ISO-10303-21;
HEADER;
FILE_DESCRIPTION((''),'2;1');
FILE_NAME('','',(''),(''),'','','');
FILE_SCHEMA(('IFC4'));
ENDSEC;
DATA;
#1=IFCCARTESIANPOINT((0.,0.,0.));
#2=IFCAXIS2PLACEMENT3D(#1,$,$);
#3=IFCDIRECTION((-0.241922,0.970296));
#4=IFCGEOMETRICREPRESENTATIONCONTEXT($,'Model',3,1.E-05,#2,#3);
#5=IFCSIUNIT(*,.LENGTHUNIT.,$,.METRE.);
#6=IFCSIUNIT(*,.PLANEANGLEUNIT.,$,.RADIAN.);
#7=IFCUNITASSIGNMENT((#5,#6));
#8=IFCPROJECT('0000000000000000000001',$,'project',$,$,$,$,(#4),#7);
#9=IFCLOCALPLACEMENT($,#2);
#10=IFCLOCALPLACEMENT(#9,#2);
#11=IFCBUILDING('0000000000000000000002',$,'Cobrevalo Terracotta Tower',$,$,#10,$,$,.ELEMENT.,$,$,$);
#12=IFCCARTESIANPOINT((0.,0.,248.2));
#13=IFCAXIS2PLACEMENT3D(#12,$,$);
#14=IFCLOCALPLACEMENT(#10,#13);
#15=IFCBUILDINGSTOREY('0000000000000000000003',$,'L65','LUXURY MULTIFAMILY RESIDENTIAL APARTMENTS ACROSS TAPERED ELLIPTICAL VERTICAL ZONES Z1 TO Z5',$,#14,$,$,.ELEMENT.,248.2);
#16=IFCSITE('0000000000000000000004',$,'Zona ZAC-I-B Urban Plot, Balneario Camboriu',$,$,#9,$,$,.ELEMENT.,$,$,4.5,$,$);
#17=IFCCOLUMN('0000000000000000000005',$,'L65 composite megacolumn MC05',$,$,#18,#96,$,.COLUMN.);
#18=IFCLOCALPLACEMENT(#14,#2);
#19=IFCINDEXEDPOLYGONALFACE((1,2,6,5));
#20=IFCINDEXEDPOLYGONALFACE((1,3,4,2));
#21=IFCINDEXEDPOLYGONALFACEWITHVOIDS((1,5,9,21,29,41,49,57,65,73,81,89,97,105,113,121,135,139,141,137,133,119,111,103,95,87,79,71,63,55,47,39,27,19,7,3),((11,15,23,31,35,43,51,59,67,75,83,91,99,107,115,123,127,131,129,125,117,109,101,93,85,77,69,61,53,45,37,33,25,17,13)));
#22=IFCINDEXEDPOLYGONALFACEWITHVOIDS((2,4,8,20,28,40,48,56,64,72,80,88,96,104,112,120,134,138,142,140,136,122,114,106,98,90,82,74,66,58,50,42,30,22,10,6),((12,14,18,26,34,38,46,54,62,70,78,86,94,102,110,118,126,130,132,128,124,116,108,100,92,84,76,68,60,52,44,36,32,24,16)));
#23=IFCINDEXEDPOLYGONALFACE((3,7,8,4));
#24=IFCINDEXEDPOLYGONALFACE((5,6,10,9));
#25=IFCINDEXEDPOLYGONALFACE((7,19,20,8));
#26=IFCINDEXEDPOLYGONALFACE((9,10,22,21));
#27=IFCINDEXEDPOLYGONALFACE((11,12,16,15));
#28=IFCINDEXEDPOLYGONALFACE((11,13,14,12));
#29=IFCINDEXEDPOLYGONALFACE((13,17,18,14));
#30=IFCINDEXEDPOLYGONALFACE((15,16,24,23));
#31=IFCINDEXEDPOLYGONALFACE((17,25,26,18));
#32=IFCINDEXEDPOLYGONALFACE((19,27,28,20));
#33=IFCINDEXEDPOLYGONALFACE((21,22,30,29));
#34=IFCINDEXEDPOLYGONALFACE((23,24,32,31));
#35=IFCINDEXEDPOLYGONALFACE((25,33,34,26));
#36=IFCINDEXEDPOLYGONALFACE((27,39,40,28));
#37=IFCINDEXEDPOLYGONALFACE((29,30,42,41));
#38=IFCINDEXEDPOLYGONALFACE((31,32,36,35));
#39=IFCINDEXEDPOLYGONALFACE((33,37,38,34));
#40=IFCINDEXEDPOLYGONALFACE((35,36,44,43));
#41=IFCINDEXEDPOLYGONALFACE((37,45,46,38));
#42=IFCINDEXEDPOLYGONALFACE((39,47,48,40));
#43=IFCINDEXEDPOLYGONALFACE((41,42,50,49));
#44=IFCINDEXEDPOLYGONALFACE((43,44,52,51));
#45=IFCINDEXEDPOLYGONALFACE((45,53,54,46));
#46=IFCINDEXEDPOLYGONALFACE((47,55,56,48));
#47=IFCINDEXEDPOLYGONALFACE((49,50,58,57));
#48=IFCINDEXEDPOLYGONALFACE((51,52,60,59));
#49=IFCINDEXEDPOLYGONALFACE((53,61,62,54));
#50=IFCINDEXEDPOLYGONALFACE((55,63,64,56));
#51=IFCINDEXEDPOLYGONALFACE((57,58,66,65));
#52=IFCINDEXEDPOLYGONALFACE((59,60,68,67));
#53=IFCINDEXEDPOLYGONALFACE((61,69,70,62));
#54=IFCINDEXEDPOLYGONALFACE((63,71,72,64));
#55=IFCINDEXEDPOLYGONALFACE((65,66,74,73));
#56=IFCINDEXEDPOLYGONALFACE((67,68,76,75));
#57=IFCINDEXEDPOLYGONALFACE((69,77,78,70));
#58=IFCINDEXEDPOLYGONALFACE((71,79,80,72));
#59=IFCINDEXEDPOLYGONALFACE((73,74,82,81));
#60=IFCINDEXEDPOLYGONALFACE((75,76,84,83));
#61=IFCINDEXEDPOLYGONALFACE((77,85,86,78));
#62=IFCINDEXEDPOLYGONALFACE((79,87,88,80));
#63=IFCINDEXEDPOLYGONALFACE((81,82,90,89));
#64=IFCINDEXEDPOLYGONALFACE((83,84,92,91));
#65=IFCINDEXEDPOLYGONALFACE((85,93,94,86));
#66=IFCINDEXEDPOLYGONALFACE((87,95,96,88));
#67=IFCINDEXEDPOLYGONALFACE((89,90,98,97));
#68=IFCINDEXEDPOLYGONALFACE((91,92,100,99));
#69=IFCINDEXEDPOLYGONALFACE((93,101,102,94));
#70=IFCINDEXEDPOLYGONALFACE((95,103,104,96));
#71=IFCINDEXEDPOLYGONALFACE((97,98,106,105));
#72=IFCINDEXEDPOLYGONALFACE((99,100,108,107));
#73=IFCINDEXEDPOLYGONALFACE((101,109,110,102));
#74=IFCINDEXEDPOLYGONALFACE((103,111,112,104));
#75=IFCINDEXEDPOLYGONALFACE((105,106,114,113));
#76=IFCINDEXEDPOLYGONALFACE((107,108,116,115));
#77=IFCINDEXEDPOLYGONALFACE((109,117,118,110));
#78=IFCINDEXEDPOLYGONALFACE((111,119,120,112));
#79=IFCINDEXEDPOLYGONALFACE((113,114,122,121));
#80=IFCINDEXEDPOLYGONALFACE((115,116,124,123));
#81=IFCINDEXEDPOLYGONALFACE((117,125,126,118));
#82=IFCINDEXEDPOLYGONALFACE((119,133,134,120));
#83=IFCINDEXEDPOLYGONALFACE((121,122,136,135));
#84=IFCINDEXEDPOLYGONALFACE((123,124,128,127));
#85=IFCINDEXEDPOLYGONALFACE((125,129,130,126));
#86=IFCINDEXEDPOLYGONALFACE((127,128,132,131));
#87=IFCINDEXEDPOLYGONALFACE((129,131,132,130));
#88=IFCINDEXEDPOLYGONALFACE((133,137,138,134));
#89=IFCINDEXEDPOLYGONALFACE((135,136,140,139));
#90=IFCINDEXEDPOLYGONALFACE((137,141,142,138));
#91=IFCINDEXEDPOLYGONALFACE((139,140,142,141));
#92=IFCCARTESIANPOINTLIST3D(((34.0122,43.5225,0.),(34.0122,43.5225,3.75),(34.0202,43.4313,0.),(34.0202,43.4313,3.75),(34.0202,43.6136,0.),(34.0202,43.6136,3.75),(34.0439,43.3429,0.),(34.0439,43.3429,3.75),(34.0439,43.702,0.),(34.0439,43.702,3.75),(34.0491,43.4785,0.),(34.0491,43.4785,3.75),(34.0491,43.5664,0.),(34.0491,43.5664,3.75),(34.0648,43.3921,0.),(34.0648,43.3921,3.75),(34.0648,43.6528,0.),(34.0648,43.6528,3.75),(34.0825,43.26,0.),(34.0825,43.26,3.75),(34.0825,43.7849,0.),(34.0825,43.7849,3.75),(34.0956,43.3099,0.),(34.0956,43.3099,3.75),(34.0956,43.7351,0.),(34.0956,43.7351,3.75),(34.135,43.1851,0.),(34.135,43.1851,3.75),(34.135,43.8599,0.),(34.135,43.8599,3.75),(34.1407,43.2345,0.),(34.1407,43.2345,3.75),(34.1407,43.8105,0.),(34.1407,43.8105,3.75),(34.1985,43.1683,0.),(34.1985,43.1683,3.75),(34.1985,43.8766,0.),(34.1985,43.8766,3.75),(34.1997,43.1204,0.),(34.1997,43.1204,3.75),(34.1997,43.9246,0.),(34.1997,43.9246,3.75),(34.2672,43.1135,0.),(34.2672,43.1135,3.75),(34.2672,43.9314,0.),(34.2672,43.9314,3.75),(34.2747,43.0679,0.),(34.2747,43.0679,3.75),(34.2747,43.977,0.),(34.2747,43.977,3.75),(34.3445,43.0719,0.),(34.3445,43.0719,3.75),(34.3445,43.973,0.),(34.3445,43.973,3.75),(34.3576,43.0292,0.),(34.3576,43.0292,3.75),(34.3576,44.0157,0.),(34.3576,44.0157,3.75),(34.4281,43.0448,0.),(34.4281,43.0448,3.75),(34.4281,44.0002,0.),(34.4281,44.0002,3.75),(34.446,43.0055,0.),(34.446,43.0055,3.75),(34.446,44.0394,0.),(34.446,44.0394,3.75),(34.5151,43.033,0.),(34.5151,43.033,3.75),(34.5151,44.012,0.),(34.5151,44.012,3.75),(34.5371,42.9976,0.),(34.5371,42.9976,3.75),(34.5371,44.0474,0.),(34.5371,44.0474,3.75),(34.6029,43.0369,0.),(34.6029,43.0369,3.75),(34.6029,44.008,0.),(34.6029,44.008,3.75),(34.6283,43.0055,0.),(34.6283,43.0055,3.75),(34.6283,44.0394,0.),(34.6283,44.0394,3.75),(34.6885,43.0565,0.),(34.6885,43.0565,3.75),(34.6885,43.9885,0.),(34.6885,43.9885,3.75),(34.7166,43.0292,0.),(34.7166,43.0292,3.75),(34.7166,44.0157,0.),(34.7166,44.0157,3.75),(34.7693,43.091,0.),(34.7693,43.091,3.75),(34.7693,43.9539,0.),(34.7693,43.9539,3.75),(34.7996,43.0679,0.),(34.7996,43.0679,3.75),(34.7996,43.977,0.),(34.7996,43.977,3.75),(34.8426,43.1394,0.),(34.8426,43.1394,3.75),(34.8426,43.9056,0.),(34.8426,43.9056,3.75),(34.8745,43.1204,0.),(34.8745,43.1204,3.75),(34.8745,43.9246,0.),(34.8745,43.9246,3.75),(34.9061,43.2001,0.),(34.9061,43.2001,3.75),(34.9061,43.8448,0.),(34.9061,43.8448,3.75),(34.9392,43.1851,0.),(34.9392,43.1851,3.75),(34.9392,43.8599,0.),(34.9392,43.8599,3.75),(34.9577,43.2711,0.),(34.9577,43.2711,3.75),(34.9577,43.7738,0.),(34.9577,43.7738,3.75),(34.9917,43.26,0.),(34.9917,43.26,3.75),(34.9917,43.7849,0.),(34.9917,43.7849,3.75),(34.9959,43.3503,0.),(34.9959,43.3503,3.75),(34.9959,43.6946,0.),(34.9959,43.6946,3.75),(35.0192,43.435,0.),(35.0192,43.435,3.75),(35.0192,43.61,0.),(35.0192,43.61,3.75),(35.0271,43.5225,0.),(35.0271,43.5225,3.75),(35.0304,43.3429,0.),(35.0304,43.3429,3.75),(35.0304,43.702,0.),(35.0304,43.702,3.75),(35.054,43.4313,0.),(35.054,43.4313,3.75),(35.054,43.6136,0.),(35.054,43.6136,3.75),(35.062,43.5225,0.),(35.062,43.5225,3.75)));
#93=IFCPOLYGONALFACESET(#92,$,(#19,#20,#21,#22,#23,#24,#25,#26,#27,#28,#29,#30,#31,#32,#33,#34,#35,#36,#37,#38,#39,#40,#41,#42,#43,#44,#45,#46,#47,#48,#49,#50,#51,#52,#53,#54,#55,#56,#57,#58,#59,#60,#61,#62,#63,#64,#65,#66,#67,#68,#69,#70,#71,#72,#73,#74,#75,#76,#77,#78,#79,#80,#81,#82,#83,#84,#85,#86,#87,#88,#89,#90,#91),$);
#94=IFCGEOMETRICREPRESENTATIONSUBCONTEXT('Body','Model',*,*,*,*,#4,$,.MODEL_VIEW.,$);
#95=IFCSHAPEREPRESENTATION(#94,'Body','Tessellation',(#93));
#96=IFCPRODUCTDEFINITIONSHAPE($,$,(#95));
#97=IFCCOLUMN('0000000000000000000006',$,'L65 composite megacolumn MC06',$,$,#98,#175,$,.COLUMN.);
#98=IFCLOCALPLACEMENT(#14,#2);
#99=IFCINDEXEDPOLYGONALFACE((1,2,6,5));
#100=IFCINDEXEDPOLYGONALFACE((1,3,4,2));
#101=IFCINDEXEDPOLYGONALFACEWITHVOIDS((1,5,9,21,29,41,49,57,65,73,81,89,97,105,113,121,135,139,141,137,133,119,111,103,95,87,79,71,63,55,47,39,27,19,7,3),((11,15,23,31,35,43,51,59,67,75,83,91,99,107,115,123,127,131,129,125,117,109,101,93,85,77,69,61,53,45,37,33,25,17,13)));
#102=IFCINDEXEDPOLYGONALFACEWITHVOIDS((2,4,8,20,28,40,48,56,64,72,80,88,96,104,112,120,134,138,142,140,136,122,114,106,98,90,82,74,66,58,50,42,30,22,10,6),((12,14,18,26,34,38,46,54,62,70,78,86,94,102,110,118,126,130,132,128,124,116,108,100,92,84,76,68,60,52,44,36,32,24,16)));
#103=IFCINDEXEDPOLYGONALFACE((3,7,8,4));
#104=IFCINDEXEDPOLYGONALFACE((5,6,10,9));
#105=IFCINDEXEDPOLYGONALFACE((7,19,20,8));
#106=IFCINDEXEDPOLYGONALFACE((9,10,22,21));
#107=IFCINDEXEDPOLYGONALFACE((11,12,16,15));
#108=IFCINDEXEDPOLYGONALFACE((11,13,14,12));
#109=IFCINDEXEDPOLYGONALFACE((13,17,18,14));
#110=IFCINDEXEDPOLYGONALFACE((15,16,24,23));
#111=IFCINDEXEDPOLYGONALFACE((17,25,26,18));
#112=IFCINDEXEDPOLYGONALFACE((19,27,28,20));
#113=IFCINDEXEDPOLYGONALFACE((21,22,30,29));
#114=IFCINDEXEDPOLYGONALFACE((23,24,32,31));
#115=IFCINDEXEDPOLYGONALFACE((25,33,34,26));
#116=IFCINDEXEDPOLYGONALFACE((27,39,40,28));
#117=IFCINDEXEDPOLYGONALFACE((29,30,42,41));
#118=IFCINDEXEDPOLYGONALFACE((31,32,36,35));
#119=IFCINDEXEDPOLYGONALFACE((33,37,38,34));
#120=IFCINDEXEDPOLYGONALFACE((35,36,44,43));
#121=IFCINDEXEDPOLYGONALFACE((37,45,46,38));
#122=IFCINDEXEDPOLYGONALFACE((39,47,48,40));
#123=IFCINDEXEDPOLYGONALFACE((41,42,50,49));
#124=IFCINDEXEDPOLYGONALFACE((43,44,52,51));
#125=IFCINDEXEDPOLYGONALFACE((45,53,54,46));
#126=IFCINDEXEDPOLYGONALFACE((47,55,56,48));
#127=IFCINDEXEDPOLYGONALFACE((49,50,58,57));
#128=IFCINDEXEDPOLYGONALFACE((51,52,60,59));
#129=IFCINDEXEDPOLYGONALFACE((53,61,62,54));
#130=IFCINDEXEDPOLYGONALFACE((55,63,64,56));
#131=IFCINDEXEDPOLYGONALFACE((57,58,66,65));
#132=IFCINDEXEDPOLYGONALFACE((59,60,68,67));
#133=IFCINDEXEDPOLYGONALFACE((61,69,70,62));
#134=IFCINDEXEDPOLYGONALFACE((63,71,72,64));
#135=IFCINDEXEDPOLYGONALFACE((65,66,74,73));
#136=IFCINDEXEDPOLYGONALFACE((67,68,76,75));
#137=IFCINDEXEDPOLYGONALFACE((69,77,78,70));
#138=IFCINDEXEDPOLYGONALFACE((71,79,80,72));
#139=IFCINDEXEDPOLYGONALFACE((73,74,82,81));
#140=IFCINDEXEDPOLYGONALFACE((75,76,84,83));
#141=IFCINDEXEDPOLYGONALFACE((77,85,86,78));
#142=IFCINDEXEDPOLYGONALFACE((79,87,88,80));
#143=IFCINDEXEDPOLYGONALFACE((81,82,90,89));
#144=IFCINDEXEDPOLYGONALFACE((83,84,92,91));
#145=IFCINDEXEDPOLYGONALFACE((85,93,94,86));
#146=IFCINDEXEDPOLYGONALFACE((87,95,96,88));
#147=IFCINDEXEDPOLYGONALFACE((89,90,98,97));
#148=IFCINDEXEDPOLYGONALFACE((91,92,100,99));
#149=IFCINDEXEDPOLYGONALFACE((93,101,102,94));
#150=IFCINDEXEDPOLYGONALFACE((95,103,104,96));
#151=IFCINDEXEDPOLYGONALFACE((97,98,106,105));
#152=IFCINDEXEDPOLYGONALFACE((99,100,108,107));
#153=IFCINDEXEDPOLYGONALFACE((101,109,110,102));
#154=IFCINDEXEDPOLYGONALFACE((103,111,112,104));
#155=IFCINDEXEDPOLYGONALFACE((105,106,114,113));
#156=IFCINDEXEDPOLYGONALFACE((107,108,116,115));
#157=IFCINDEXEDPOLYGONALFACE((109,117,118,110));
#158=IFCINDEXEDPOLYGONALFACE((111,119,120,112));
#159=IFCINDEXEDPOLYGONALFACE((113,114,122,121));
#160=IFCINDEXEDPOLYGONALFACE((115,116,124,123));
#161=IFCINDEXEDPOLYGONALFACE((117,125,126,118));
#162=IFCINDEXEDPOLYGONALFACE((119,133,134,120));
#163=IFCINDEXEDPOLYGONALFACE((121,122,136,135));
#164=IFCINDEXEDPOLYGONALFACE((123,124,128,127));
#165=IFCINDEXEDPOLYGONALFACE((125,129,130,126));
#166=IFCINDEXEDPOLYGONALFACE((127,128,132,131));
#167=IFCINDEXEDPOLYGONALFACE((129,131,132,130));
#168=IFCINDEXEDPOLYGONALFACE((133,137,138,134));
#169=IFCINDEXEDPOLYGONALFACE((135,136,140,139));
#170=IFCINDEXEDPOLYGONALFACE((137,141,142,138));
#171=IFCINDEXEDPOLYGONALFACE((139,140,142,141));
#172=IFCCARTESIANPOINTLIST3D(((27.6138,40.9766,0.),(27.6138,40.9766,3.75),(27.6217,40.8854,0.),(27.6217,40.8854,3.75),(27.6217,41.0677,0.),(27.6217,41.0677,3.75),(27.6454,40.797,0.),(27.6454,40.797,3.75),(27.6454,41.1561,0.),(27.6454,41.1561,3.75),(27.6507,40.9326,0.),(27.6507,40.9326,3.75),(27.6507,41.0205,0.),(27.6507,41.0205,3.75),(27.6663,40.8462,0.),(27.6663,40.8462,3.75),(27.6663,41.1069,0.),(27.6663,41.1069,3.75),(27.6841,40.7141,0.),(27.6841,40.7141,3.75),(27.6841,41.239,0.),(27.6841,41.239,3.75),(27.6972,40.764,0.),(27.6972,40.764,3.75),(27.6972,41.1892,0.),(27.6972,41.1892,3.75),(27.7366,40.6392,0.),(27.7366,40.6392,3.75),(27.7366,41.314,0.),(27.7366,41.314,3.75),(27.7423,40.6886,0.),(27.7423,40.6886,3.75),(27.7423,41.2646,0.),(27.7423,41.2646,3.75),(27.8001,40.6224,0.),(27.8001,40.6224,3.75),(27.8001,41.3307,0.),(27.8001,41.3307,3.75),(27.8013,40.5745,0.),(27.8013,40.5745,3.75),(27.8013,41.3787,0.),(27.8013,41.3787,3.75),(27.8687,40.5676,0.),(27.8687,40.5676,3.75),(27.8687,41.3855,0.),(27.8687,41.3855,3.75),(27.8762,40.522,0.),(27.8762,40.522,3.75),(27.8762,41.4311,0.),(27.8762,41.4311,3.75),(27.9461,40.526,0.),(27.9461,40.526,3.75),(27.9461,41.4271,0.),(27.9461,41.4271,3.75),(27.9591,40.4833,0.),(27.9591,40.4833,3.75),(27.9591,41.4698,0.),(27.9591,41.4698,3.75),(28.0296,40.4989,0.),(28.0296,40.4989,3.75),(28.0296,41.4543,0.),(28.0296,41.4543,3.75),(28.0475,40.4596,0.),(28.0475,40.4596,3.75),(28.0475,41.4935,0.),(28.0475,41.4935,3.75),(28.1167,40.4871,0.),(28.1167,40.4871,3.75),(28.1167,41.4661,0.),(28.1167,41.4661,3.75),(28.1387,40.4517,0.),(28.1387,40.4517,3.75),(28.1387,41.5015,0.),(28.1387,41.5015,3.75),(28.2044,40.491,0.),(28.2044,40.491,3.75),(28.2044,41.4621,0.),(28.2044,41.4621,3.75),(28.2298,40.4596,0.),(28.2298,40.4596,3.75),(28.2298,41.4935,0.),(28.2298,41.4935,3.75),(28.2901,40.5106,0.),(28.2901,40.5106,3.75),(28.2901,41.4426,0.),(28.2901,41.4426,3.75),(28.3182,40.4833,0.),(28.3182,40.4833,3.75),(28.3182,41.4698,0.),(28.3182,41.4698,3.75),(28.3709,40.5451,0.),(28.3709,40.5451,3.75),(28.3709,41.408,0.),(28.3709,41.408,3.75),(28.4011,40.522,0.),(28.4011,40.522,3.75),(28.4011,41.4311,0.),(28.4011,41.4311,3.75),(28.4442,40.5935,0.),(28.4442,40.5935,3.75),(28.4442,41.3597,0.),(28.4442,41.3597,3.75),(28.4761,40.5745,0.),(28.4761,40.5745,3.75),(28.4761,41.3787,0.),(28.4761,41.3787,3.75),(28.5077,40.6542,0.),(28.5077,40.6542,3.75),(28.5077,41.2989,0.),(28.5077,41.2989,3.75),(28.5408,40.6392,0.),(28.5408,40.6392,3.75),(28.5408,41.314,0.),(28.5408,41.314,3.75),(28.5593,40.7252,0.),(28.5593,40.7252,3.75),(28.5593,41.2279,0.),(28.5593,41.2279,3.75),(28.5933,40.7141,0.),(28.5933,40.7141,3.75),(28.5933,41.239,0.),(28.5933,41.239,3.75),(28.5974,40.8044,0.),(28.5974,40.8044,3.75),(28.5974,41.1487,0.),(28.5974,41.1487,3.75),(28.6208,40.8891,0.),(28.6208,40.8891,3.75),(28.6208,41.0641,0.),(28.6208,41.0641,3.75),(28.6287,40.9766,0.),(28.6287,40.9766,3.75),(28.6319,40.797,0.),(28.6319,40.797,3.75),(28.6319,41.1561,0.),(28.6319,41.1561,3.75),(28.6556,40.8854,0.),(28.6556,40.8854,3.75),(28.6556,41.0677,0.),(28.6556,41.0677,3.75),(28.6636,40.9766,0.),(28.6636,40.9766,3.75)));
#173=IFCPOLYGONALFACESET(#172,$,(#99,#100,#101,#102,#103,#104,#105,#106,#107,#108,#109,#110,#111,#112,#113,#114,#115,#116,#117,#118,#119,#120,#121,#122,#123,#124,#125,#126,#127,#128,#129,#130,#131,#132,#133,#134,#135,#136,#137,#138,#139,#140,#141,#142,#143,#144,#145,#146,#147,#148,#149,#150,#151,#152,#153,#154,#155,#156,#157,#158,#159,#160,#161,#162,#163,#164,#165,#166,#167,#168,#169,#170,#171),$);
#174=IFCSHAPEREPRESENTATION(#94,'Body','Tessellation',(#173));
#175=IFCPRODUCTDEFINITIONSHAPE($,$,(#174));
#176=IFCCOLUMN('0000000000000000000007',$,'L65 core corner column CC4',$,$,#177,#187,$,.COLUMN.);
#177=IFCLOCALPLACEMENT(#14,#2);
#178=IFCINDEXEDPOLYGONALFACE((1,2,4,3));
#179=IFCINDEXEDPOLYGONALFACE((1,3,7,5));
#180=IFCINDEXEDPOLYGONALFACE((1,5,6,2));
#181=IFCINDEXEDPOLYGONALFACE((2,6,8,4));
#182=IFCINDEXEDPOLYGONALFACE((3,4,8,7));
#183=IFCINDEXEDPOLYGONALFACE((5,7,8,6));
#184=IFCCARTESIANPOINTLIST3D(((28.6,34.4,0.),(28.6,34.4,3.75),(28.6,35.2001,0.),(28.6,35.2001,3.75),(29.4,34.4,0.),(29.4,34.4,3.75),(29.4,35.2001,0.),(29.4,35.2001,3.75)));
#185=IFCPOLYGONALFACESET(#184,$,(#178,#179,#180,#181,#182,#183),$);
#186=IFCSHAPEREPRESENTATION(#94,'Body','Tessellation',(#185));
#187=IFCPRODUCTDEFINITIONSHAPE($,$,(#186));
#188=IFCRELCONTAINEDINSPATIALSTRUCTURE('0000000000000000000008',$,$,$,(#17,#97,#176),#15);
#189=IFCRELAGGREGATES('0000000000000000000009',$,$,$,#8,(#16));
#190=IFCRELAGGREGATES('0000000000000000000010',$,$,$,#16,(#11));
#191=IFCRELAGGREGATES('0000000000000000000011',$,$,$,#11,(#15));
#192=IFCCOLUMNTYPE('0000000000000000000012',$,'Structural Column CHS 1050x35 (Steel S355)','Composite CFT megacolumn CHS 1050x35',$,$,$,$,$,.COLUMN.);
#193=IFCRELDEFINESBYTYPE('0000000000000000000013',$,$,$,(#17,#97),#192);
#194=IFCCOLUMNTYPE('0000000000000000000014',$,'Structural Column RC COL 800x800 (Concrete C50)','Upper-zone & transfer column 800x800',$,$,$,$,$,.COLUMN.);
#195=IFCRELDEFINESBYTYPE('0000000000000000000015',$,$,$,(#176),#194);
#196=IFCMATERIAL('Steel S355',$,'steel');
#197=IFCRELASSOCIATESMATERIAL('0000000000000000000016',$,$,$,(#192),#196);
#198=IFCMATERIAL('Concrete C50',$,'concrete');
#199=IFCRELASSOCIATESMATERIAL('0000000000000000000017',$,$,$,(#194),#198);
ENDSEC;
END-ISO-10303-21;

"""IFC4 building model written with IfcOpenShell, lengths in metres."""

from ifc_helpers import new_model, si_unit, direction, frame, origin, origin_2d, place, context, subcontext, project, spatial, rectangle, hollow_circle, extrude, material, material_profile, profile_set, type_object, element, save


model = new_model("IFC4")

# Units and contexts
model_context = context("Model", 3, precision=1e-05, world=origin(), true_north=direction((-0.241922, 0.970296)))
body_context = subcontext(model_context, "Body", "Model", "MODEL_VIEW")
ifc_project = project(units=[si_unit("LENGTHUNIT", "METRE"), si_unit("PLANEANGLEUNIT", "RADIAN")], contexts=[model_context])

# Site, building, storey
site_placement = place(None, origin())
site = spatial("IfcSite", under=ifc_project, at=site_placement, Name="Zona ZAC-I-B Urban Plot, Balneario Camboriu", CompositionType="ELEMENT", RefElevation=4.5)
building_placement = place(site_placement, origin())
building = spatial("IfcBuilding", under=site, at=building_placement, Name="Cobrevalo Terracotta Tower", CompositionType="ELEMENT")
storey_placement = place(building_placement, frame((0.0, 0.0, 248.2)))
storey = spatial("IfcBuildingStorey", under=building, at=storey_placement, Name="L65", Description="LUXURY MULTIFAMILY RESIDENTIAL APARTMENTS ACROSS TAPERED ELLIPTICAL VERTICAL ZONES Z1 TO Z5", CompositionType="ELEMENT", Elevation=248.2)

# Columns
ifc_material_1 = material(Name="Steel S355", Category="steel")
ifc_material_profile_1 = material_profile(ifc_material_1, hollow_circle(Radius=0.5249, WallThickness=0.0349, at=origin_2d()), Name="CHS 1050x35")
ifc_profile_set_1 = profile_set([ifc_material_profile_1], Name="Steel S355")
column_type_1 = type_object("IfcColumnType", Name="Structural Column CHS 1050x35 (Steel S355)", Description="Composite CFT megacolumn CHS 1050x35", PredefinedType="COLUMN", material=ifc_profile_set_1)
for number, where, z_axis, x_axis, name in (
    (1, (34.5371, 43.5225, 0.0), (0.0, 0.0, 1.0), (1.0, 0.0, 0.0), "L65 composite megacolumn MC05"),
    (2, (28.1387, 40.9766, 0.0), (0.0, 0.0, 1.0), (1.0, 0.0, 0.0), "L65 composite megacolumn MC06"),
):
    element("IfcColumn", number, at=place(storey_placement, frame(where, z_axis=z_axis, x_axis=x_axis)), inside=storey, type_object=column_type_1, Name=name, PredefinedType="COLUMN", context=body_context, shape_type="SweptSolid", body=[
        extrude(hollow_circle(Radius=0.5249, WallThickness=0.0349, at=origin_2d()), origin(), (0.0, 0.0, 1.0), 3.75),
    ])
ifc_material_2 = material(Name="Concrete C50", Category="concrete")
ifc_material_profile_2 = material_profile(ifc_material_2, rectangle(XDim=0.8, YDim=0.8, at=origin_2d()), Name="RC COL 800x800")
ifc_profile_set_2 = profile_set([ifc_material_profile_2], Name="Concrete C50")
column_type_2 = type_object("IfcColumnType", Name="Structural Column RC COL 800x800 (Concrete C50)", Description="Upper-zone & transfer column 800x800", PredefinedType="COLUMN", material=ifc_profile_set_2)
column_placement = place(storey_placement, frame((29.0, 34.8, 0.0), z_axis=(0.0, 0.0, 1.0), x_axis=(1.0, 0.0, 0.0)))
element("IfcColumn", 3, at=column_placement, inside=storey, type_object=column_type_2, Name="L65 core corner column CC4", PredefinedType="COLUMN", context=body_context, shape_type="SweptSolid", body=[
    extrude(rectangle(XDim=0.8, YDim=0.8, at=origin_2d()), origin(), (0.0, 0.0, 1.0), 3.75),
])

save(model, "model.ifc")
